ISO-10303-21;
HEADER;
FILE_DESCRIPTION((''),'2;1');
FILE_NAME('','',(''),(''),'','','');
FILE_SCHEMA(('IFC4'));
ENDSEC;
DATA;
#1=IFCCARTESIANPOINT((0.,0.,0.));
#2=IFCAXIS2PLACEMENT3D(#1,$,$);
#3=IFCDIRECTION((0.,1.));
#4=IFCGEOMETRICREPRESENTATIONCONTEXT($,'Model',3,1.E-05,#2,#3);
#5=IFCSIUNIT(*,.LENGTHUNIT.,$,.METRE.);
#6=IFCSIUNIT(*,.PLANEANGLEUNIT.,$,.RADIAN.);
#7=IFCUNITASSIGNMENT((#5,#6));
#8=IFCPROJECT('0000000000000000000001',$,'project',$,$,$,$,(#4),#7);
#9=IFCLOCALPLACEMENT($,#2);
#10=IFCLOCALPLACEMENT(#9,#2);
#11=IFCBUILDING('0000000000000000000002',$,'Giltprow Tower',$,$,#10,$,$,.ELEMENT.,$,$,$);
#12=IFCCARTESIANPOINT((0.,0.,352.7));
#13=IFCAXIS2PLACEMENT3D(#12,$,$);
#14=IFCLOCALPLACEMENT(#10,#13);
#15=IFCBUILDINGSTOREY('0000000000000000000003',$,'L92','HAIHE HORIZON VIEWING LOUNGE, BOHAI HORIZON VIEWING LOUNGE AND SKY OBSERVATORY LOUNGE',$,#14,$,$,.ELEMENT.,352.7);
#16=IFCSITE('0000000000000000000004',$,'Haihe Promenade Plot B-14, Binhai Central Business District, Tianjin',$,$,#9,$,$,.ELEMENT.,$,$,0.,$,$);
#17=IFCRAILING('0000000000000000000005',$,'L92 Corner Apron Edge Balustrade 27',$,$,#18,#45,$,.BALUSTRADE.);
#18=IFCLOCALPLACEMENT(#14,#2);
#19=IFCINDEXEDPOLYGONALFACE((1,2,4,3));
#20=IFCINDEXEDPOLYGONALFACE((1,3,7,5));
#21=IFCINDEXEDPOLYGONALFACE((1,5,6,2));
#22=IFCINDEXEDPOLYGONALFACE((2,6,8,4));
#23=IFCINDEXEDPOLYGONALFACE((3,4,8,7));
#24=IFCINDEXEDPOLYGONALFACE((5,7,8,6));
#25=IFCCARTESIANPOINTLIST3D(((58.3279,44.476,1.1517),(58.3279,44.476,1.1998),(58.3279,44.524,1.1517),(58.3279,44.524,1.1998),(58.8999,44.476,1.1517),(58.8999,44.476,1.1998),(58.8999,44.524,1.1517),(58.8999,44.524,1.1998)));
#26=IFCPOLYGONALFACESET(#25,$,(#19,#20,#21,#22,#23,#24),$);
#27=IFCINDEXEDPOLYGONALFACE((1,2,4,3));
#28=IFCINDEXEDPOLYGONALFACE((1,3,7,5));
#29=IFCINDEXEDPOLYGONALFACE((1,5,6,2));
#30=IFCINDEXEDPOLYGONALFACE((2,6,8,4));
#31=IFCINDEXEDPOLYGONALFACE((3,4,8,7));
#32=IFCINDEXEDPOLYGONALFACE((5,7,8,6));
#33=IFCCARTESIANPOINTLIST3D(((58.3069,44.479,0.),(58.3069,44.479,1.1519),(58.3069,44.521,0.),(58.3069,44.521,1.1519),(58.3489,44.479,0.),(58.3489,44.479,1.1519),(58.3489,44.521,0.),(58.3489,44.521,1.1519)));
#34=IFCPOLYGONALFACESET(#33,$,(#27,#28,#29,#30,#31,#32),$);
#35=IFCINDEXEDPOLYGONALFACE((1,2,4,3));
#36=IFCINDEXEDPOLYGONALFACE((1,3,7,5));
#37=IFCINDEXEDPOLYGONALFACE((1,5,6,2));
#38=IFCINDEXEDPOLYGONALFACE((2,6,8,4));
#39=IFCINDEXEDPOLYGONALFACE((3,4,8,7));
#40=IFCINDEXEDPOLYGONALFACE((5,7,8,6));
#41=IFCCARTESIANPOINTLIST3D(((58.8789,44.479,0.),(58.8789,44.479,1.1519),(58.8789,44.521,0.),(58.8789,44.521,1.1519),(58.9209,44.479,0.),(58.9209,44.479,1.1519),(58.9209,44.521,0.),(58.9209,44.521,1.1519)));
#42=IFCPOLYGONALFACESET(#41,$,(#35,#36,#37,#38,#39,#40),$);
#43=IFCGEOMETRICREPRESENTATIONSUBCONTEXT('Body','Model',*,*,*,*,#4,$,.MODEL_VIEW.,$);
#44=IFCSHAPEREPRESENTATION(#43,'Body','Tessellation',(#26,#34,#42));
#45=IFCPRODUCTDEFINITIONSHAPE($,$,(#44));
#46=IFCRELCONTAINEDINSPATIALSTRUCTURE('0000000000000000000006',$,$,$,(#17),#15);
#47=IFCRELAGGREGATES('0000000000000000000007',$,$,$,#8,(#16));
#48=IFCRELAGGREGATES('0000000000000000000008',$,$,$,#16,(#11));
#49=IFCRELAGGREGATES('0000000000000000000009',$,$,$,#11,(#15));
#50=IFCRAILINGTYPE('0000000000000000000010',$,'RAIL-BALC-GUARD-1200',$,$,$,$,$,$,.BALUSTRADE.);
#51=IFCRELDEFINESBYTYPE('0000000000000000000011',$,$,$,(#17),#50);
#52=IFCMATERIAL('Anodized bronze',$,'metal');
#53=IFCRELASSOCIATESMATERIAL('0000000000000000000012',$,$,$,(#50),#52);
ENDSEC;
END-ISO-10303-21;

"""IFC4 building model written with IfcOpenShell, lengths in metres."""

from ifc_helpers import new_model, si_unit, direction, frame, origin, origin_2d, place, context, subcontext, project, spatial, rectangle, extrude, material, type_object, element, save


model = new_model("IFC4")

# Units and contexts
model_context = context("Model", 3, precision=1e-05, world=origin(), true_north=direction((0.0, 1.0)))
body_context = subcontext(model_context, "Body", "Model", "MODEL_VIEW")
ifc_project = project(units=[si_unit("LENGTHUNIT", "METRE"), si_unit("PLANEANGLEUNIT", "RADIAN")], contexts=[model_context])

# Site, building, storey
site_placement = place(None, origin())
site = spatial("IfcSite", under=ifc_project, at=site_placement, Name="Haihe Promenade Plot B-14, Binhai Central Business District, Tianjin", CompositionType="ELEMENT", RefElevation=0.0)
building_placement = place(site_placement, origin())
building = spatial("IfcBuilding", under=site, at=building_placement, Name="Giltprow Tower", CompositionType="ELEMENT")
storey_placement = place(building_placement, frame((0.0, 0.0, 352.7)))
storey = spatial("IfcBuildingStorey", under=building, at=storey_placement, Name="L92", Description="HAIHE HORIZON VIEWING LOUNGE, BOHAI HORIZON VIEWING LOUNGE AND SKY OBSERVATORY LOUNGE", CompositionType="ELEMENT", Elevation=352.7)

# Shared definitions
ifc_material_1 = material(Name="Anodized bronze", Category="metal")

# Railing
railing_type = type_object("IfcRailingType", Name="RAIL-BALC-GUARD-1200", PredefinedType="BALUSTRADE", material=ifc_material_1)
railing_1_placement = place(storey_placement, frame((58.3279, 44.5, 0.0)))
element("IfcRailing", 1, at=railing_1_placement, inside=storey, type_object=railing_type, Name="L92 Corner Apron Edge Balustrade 27", PredefinedType="BALUSTRADE", context=body_context, shape_type="SweptSolid", body=[
    extrude(rectangle(XDim=0.0481, YDim=0.0481, at=origin_2d()), frame((0.0, 0.0, 1.1758), z_axis=(1.0, 0.0, 0.0), x_axis=(0.0, 1.0, 0.0)), (0.0, 0.0, 1.0), 0.572),
    extrude(rectangle(XDim=0.042, YDim=0.042, at=origin_2d()), origin(), (0.0, 0.0, 1.0), 1.1519),
    extrude(rectangle(XDim=0.042, YDim=0.042, at=origin_2d()), frame((0.572, 0.0, 0.0)), (0.0, 0.0, 1.0), 1.1519),
])

save(model, "model.ifc")
